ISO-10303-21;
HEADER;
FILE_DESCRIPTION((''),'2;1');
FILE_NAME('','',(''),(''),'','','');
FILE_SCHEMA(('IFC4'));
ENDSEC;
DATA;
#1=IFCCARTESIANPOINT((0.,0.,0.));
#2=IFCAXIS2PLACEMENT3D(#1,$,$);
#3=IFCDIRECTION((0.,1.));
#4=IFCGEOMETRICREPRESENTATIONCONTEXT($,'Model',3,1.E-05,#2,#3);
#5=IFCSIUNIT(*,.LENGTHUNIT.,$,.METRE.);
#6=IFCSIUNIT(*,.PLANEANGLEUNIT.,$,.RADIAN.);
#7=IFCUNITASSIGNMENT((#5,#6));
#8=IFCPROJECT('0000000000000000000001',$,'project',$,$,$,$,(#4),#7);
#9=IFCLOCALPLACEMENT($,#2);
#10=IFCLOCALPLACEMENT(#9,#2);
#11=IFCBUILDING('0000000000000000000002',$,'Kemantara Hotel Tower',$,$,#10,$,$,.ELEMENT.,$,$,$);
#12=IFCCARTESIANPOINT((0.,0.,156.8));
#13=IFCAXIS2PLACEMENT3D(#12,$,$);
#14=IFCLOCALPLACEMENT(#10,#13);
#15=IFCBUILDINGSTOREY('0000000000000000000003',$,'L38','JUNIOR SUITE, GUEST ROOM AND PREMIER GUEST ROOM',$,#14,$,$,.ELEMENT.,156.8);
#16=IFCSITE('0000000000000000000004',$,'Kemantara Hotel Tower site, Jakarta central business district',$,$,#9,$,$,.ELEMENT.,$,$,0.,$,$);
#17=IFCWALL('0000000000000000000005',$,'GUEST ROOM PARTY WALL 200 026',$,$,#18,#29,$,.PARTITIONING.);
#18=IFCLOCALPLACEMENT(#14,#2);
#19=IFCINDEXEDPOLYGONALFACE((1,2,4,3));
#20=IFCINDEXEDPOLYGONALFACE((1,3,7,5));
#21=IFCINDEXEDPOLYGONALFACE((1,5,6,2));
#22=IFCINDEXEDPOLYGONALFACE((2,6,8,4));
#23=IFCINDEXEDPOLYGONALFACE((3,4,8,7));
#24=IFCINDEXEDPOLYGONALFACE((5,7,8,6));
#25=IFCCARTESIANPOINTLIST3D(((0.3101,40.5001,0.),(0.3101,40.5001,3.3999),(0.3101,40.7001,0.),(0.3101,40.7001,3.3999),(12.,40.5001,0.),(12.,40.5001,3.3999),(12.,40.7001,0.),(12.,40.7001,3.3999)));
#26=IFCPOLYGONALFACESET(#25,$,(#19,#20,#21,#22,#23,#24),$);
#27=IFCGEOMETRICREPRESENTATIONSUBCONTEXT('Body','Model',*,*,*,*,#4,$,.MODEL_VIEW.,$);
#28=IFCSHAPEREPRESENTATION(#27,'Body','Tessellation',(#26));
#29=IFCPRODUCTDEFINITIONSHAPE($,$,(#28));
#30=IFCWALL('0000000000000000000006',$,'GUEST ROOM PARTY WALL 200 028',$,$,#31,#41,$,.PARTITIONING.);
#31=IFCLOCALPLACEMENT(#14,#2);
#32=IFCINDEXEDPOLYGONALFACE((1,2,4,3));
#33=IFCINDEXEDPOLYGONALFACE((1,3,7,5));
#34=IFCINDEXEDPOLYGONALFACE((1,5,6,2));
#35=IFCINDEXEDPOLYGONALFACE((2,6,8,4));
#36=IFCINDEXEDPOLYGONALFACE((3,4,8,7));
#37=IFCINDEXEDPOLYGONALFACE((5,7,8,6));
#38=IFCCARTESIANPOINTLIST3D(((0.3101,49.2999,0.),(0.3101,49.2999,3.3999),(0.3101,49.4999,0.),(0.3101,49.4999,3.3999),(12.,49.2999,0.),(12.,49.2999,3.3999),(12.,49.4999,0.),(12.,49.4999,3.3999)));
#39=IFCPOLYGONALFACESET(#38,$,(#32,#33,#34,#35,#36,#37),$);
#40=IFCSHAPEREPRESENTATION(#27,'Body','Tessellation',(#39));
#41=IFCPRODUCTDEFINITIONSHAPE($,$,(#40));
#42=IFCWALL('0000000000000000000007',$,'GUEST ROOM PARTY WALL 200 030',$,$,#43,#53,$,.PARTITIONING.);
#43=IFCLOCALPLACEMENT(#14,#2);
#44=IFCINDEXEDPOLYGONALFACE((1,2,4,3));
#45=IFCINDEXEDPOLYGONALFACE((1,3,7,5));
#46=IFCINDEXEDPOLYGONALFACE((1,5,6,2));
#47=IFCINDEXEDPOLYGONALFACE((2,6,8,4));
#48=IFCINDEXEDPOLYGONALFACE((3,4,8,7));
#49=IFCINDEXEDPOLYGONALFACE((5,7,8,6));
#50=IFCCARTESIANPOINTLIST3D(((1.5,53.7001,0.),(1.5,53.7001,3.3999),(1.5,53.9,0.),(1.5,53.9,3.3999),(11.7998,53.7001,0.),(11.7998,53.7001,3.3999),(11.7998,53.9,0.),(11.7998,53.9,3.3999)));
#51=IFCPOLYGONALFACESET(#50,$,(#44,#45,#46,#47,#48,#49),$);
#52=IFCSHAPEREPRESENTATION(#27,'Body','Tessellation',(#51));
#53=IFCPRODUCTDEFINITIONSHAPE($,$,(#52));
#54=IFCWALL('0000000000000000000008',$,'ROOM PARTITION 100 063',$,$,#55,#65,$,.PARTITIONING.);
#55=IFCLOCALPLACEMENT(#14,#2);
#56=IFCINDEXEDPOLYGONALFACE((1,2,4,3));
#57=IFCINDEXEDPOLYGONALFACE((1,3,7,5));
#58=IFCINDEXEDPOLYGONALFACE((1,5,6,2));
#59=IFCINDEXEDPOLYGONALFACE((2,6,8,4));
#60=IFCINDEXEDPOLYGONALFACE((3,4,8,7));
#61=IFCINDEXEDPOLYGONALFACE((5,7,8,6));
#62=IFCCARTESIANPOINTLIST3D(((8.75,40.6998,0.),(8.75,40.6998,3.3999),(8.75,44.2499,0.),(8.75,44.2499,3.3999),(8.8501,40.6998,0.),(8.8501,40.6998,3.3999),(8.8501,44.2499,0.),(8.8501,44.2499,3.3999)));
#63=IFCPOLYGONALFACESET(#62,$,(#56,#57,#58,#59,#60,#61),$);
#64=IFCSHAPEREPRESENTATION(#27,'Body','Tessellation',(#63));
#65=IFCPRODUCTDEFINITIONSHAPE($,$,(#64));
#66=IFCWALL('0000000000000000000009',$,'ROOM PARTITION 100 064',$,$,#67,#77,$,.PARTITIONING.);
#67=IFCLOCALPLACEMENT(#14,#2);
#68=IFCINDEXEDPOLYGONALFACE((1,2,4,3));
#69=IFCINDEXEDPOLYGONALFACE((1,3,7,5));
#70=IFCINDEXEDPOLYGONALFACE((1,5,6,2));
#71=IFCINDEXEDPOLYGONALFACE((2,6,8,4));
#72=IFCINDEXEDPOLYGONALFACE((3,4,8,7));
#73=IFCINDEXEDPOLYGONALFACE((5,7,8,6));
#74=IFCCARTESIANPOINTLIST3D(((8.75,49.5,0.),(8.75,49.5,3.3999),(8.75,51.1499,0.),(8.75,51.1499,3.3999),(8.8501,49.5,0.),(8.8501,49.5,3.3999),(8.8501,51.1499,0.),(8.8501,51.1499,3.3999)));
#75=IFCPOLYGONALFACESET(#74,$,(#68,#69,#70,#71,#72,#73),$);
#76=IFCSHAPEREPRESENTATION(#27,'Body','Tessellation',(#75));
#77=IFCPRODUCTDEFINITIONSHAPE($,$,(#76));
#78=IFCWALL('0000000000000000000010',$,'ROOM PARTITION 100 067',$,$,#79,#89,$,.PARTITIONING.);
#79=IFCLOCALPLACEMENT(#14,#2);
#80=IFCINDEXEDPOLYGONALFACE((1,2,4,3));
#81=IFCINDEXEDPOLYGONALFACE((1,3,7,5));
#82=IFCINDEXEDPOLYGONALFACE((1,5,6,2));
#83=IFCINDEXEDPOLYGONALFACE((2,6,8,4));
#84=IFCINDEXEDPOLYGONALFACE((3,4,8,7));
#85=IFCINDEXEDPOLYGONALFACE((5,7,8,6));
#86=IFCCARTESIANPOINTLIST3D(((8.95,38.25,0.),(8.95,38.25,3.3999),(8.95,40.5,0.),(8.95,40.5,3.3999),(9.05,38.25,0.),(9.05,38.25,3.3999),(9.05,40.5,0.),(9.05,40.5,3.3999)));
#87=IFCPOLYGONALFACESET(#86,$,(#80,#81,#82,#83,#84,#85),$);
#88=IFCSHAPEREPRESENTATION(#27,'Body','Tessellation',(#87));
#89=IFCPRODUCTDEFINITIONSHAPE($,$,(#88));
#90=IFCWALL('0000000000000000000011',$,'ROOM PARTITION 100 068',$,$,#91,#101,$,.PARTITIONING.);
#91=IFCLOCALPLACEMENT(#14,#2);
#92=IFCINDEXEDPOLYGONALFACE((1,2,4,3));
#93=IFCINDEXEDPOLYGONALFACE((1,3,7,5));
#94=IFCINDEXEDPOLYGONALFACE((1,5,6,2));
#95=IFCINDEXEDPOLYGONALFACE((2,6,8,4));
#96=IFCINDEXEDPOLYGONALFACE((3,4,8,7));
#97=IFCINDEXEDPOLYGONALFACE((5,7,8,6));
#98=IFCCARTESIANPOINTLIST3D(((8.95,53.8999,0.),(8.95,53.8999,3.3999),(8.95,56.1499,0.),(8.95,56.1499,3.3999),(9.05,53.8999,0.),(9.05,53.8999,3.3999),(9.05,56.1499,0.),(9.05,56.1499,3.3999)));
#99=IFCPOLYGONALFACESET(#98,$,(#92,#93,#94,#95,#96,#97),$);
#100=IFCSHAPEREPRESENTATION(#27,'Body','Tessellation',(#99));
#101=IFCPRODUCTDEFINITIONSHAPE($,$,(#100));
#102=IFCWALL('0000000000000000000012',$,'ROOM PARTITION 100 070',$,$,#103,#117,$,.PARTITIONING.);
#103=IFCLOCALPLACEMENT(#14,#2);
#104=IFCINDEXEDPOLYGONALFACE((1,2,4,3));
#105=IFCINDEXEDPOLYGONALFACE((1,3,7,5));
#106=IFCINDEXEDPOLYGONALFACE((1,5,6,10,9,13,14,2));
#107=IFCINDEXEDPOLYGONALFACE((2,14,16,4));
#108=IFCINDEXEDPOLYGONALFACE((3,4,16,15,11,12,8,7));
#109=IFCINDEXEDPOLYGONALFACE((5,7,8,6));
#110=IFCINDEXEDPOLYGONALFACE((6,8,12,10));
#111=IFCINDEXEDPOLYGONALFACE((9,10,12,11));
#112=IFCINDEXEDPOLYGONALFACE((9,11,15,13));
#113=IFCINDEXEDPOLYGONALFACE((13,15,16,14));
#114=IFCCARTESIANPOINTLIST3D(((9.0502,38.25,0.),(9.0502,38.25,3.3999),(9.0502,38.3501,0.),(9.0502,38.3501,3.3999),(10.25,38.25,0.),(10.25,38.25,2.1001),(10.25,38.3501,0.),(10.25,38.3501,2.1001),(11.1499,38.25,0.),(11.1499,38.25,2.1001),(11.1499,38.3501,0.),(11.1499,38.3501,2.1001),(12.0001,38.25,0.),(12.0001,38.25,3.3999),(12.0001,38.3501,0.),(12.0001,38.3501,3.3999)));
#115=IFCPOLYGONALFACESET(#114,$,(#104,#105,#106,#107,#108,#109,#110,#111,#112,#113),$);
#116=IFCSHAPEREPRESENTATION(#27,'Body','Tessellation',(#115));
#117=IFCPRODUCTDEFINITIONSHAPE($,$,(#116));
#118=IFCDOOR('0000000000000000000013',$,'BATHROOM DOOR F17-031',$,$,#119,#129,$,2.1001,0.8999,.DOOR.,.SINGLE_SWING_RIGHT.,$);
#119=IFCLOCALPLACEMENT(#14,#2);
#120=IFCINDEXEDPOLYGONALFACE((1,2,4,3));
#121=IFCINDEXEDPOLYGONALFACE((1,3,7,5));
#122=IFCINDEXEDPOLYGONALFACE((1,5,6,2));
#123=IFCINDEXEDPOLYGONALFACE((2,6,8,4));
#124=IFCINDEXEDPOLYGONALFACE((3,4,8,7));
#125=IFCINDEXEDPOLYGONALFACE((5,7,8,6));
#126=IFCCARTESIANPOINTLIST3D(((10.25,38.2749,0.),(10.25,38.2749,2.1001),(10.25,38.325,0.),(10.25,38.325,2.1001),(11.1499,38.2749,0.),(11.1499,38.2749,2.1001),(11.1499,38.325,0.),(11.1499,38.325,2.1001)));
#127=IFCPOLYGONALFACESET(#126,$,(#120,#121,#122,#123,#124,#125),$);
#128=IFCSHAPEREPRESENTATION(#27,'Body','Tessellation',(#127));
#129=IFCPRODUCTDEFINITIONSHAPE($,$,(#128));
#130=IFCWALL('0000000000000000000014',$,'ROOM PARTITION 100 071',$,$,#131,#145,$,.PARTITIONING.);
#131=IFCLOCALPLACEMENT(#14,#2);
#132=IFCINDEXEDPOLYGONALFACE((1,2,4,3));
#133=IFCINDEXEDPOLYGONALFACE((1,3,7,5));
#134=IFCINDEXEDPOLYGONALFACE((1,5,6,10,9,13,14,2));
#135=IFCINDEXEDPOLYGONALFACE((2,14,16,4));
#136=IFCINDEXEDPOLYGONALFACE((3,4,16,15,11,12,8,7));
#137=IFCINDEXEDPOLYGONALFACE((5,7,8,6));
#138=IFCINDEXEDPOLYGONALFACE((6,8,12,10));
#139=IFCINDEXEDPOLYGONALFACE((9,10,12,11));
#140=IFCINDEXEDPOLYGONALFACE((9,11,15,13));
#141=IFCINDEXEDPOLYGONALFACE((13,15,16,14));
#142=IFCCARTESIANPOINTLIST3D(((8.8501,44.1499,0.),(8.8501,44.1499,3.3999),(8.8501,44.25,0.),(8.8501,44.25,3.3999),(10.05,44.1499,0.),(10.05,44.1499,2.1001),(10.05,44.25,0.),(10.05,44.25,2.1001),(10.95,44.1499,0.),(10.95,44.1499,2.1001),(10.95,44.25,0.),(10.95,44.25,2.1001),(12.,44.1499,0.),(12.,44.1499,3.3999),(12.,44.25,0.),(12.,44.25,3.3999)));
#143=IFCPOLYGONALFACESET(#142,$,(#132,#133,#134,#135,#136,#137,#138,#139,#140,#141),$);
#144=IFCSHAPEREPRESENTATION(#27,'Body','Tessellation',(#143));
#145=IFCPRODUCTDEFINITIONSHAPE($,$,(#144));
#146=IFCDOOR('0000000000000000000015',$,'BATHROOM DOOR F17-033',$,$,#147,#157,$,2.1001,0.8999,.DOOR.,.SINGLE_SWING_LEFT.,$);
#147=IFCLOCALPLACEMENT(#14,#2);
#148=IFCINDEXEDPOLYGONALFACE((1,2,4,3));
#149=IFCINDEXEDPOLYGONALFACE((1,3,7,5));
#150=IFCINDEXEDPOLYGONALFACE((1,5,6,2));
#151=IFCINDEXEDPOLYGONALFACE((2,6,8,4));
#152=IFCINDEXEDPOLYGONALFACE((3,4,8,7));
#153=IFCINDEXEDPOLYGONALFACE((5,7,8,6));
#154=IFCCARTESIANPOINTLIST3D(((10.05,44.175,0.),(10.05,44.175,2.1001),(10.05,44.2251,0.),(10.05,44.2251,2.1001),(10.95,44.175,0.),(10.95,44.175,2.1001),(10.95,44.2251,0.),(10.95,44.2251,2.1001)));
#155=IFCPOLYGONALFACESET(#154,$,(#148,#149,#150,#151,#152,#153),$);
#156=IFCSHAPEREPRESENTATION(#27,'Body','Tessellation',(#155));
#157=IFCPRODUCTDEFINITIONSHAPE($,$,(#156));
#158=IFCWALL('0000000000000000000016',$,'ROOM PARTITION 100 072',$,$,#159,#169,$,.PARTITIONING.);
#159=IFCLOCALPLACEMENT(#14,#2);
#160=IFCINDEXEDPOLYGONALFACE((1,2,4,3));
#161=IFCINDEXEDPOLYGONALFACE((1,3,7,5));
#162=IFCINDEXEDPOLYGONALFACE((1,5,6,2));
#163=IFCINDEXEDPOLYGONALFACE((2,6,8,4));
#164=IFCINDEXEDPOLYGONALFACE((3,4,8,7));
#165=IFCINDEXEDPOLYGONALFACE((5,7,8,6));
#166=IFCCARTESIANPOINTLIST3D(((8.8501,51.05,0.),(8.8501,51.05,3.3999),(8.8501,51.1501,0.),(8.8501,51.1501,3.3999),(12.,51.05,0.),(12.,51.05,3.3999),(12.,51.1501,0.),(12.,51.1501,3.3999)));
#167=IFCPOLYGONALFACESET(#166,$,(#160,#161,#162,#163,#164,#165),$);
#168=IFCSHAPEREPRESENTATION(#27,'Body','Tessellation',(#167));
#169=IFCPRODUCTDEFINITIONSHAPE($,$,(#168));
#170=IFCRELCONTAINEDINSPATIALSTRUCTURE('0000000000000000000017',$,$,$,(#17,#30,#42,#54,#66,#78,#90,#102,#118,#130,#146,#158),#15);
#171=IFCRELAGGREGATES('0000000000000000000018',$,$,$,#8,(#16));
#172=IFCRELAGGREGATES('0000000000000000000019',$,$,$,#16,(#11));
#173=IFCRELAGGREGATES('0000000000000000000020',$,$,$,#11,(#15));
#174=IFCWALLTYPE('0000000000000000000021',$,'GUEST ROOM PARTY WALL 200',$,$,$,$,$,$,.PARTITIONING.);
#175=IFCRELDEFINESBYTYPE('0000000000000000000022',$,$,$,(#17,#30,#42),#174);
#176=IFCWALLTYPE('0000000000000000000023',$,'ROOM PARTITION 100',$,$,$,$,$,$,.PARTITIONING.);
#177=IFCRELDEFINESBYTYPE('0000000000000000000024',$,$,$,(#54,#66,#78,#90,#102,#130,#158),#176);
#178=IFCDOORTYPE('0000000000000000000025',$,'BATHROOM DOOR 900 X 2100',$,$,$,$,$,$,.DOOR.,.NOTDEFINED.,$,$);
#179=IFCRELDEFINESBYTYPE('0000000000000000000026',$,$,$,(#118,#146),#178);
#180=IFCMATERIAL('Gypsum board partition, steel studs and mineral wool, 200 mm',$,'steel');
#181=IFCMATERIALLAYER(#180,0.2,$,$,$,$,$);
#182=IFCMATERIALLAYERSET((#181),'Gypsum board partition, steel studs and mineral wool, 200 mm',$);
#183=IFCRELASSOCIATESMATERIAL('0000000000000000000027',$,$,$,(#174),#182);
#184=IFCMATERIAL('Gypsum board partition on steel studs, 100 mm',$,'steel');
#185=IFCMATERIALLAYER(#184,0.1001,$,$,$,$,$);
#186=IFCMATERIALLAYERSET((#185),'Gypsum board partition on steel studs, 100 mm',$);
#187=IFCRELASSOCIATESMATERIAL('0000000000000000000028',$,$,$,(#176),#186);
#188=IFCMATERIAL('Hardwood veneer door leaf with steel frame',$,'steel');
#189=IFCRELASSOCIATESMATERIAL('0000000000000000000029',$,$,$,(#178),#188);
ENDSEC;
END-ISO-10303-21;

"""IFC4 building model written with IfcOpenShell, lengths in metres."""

from ifc_helpers import new_model, si_unit, direction, frame, frame_2d, origin, place, context, subcontext, project, spatial, rectangle, extrude, material, layer, layer_set, type_object, element, fill, save


model = new_model("IFC4")

# Units and contexts
model_context = context("Model", 3, precision=1e-05, world=origin(), true_north=direction((0.0, 1.0)))
body_context = subcontext(model_context, "Body", "Model", "MODEL_VIEW")
ifc_project = project(units=[si_unit("LENGTHUNIT", "METRE"), si_unit("PLANEANGLEUNIT", "RADIAN")], contexts=[model_context])

# Site, building, storey
site_placement = place(None, origin())
site = spatial("IfcSite", under=ifc_project, at=site_placement, Name="Kemantara Hotel Tower site, Jakarta central business district", CompositionType="ELEMENT", RefElevation=0.0)
building_placement = place(site_placement, origin())
building = spatial("IfcBuilding", under=site, at=building_placement, Name="Kemantara Hotel Tower", CompositionType="ELEMENT")
storey_placement = place(building_placement, frame((0.0, 0.0, 156.8)))
storey = spatial("IfcBuildingStorey", under=building, at=storey_placement, Name="L38", Description="JUNIOR SUITE, GUEST ROOM AND PREMIER GUEST ROOM", CompositionType="ELEMENT", Elevation=156.8)

# Shared definitions
ifc_material_1 = material(Name="Gypsum board partition, steel studs and mineral wool, 200 mm", Category="steel")
ifc_material_2 = material(Name="Hardwood veneer door leaf with steel frame", Category="steel")

# Walls
ifc_layer_1 = layer(ifc_material_1, 0.2)
ifc_layer_set_1 = layer_set([ifc_layer_1], Name="Gypsum board partition, steel studs and mineral wool, 200 mm")
wall_type_1 = type_object("IfcWallType", Name="GUEST ROOM PARTY WALL 200", PredefinedType="PARTITIONING", material=ifc_layer_set_1)
for number, where, z_axis, x_axis, name in (
    (1, (0.3101, 40.6001, 0.0), (0.0, 0.0, 1.0), (1.0, 0.0, 0.0), "GUEST ROOM PARTY WALL 200 026"),
    (2, (0.3101, 49.3999, 0.0), (0.0, 0.0, 1.0), (1.0, 0.0, 0.0), "GUEST ROOM PARTY WALL 200 028"),
):
    element("IfcWall", number, at=place(storey_placement, frame(where, z_axis=z_axis, x_axis=x_axis)), inside=storey, type_object=wall_type_1, Name=name, PredefinedType="PARTITIONING", context=body_context, shape_type="SweptSolid", body=[
        extrude(rectangle(XDim=11.6899, YDim=0.2, at=frame_2d((5.845, 0.0))), origin(), (0.0, 0.0, 1.0), 3.3999),
    ])
wall_1_placement = place(storey_placement, frame((1.5, 53.8, 0.0), z_axis=(0.0, 0.0, 1.0), x_axis=(1.0, 0.0, 0.0)))
element("IfcWall", 3, at=wall_1_placement, inside=storey, type_object=wall_type_1, Name="GUEST ROOM PARTY WALL 200 030", PredefinedType="PARTITIONING", context=body_context, shape_type="SweptSolid", body=[
    extrude(rectangle(XDim=10.2998, YDim=0.2, at=frame_2d((5.1499, 0.0))), origin(), (0.0, 0.0, 1.0), 3.3999),
])
ifc_material_3 = material(Name="Gypsum board partition on steel studs, 100 mm", Category="steel")
ifc_layer_2 = layer(ifc_material_3, 0.1001)
ifc_layer_set_2 = layer_set([ifc_layer_2], Name="Gypsum board partition on steel studs, 100 mm")
wall_type_2 = type_object("IfcWallType", Name="ROOM PARTITION 100", PredefinedType="PARTITIONING", material=ifc_layer_set_2)
wall_2_placement = place(storey_placement, frame((8.8, 40.7, 0.0), z_axis=(0.0, 0.0, 1.0), x_axis=(0.0, 1.0, 0.0)))
element("IfcWall", 4, at=wall_2_placement, inside=storey, type_object=wall_type_2, Name="ROOM PARTITION 100 063", PredefinedType="PARTITIONING", context=body_context, shape_type="SweptSolid", body=[
    extrude(rectangle(XDim=3.55, YDim=0.1001, at=frame_2d((1.7749, 0.0))), origin(), (0.0, 0.0, 1.0), 3.3999),
])
wall_3_placement = place(storey_placement, frame((8.8, 49.5, 0.0), z_axis=(0.0, 0.0, 1.0), x_axis=(0.0, 1.0, 0.0)))
element("IfcWall", 5, at=wall_3_placement, inside=storey, type_object=wall_type_2, Name="ROOM PARTITION 100 064", PredefinedType="PARTITIONING", context=body_context, shape_type="SweptSolid", body=[
    extrude(rectangle(XDim=1.6499, YDim=0.1001, at=frame_2d((0.825, 0.0))), origin(), (0.0, 0.0, 1.0), 3.3999),
])
for number, where, z_axis, x_axis, name in (
    (6, (9.0, 38.25, 0.0), (0.0, 0.0, 1.0), (0.0, 1.0, 0.0), "ROOM PARTITION 100 067"),
    (7, (9.0, 53.8999, 0.0), (0.0, 0.0, 1.0), (0.0, 1.0, 0.0), "ROOM PARTITION 100 068"),
):
    element("IfcWall", number, at=place(storey_placement, frame(where, z_axis=z_axis, x_axis=x_axis)), inside=storey, type_object=wall_type_2, Name=name, PredefinedType="PARTITIONING", context=body_context, shape_type="SweptSolid", body=[
        extrude(rectangle(XDim=2.25, YDim=0.1001, at=frame_2d((1.125, 0.0))), origin(), (0.0, 0.0, 1.0), 3.3999),
    ])

# Walls, openings, doors
wall_4_placement = place(storey_placement, frame((9.05, 38.3, 0.0), z_axis=(0.0, 0.0, 1.0), x_axis=(1.0, 0.0, 0.0)))
wall_4 = element("IfcWall", 8, at=wall_4_placement, inside=storey, type_object=wall_type_2, Name="ROOM PARTITION 100 070", PredefinedType="PARTITIONING", context=body_context, shape_type="SweptSolid", body=[
    extrude(rectangle(XDim=2.95, YDim=0.1001, at=frame_2d((1.4751, 0.0))), origin(), (0.0, 0.0, 1.0), 3.3999),
])
opening_1_placement = place(wall_4_placement, frame((1.2, 0.0, 0.0)))
opening_1 = element("IfcOpeningElement", 9, at=opening_1_placement, cuts=wall_4, PredefinedType="OPENING", context=body_context, shape_type="SweptSolid", body=[
    extrude(rectangle(XDim=0.8999, YDim=2.1001, at=frame_2d((0.45, 1.05))), frame((0.0, 0.0601, 0.0), z_axis=(0.0, -1.0, 0.0), x_axis=(1.0, 0.0, 0.0)), (0.0, 0.0, 1.0), 0.1201),
])
door_type_1 = type_object("IfcDoorType", Name="BATHROOM DOOR 900 X 2100", OperationType="NOTDEFINED", PredefinedType="DOOR", material=ifc_material_2)
door_1_placement = place(opening_1_placement, origin())
door_1 = element("IfcDoor", 10, at=door_1_placement, inside=storey, type_object=door_type_1, Name="BATHROOM DOOR F17-031", OperationType="SINGLE_SWING_RIGHT", OverallHeight=2.1001, OverallWidth=0.8999, PredefinedType="DOOR", context=body_context, shape_type="SweptSolid", body=[
    extrude(rectangle(XDim=0.8999, YDim=2.1001, at=frame_2d((0.45, 1.05))), frame((0.0, 0.0249, 0.0), z_axis=(0.0, -1.0, 0.0), x_axis=(1.0, 0.0, 0.0)), (0.0, 0.0, 1.0), 0.05),
])
fill(opening_1, door_1)
wall_5_placement = place(storey_placement, frame((12.0, 44.2, 0.0), z_axis=(0.0, 0.0, 1.0), x_axis=(-1.0, 0.0, 0.0)))
wall_5 = element("IfcWall", 11, at=wall_5_placement, inside=storey, type_object=wall_type_2, Name="ROOM PARTITION 100 071", PredefinedType="PARTITIONING", context=body_context, shape_type="SweptSolid", body=[
    extrude(rectangle(XDim=3.1499, YDim=0.1001, at=frame_2d((1.575, 0.0))), origin(), (0.0, 0.0, 1.0), 3.3999),
])
opening_2_placement = place(wall_5_placement, frame((1.05, 0.0, 0.0)))
opening_2 = element("IfcOpeningElement", 12, at=opening_2_placement, cuts=wall_5, PredefinedType="OPENING", context=body_context, shape_type="SweptSolid", body=[
    extrude(rectangle(XDim=0.8999, YDim=2.1001, at=frame_2d((0.45, 1.05))), frame((0.0, 0.0601, 0.0), z_axis=(0.0, -1.0, 0.0), x_axis=(1.0, 0.0, 0.0)), (0.0, 0.0, 1.0), 0.1201),
])
door_2_placement = place(opening_2_placement, origin())
door_2 = element("IfcDoor", 13, at=door_2_placement, inside=storey, type_object=door_type_1, Name="BATHROOM DOOR F17-033", OperationType="SINGLE_SWING_LEFT", OverallHeight=2.1001, OverallWidth=0.8999, PredefinedType="DOOR", context=body_context, shape_type="SweptSolid", body=[
    extrude(rectangle(XDim=0.8999, YDim=2.1001, at=frame_2d((0.45, 1.05))), frame((0.0, 0.0249, 0.0), z_axis=(0.0, -1.0, 0.0), x_axis=(1.0, 0.0, 0.0)), (0.0, 0.0, 1.0), 0.05),
])
fill(opening_2, door_2)

# Wall
wall_6_placement = place(storey_placement, frame((8.8501, 51.1001, 0.0), z_axis=(0.0, 0.0, 1.0), x_axis=(1.0, 0.0, 0.0)))
element("IfcWall", 14, at=wall_6_placement, inside=storey, type_object=wall_type_2, Name="ROOM PARTITION 100 072", PredefinedType="PARTITIONING", context=body_context, shape_type="SweptSolid", body=[
    extrude(rectangle(XDim=3.1499, YDim=0.1001, at=frame_2d((1.575, 0.0))), origin(), (0.0, 0.0, 1.0), 3.3999),
])

save(model, "model.ifc")
